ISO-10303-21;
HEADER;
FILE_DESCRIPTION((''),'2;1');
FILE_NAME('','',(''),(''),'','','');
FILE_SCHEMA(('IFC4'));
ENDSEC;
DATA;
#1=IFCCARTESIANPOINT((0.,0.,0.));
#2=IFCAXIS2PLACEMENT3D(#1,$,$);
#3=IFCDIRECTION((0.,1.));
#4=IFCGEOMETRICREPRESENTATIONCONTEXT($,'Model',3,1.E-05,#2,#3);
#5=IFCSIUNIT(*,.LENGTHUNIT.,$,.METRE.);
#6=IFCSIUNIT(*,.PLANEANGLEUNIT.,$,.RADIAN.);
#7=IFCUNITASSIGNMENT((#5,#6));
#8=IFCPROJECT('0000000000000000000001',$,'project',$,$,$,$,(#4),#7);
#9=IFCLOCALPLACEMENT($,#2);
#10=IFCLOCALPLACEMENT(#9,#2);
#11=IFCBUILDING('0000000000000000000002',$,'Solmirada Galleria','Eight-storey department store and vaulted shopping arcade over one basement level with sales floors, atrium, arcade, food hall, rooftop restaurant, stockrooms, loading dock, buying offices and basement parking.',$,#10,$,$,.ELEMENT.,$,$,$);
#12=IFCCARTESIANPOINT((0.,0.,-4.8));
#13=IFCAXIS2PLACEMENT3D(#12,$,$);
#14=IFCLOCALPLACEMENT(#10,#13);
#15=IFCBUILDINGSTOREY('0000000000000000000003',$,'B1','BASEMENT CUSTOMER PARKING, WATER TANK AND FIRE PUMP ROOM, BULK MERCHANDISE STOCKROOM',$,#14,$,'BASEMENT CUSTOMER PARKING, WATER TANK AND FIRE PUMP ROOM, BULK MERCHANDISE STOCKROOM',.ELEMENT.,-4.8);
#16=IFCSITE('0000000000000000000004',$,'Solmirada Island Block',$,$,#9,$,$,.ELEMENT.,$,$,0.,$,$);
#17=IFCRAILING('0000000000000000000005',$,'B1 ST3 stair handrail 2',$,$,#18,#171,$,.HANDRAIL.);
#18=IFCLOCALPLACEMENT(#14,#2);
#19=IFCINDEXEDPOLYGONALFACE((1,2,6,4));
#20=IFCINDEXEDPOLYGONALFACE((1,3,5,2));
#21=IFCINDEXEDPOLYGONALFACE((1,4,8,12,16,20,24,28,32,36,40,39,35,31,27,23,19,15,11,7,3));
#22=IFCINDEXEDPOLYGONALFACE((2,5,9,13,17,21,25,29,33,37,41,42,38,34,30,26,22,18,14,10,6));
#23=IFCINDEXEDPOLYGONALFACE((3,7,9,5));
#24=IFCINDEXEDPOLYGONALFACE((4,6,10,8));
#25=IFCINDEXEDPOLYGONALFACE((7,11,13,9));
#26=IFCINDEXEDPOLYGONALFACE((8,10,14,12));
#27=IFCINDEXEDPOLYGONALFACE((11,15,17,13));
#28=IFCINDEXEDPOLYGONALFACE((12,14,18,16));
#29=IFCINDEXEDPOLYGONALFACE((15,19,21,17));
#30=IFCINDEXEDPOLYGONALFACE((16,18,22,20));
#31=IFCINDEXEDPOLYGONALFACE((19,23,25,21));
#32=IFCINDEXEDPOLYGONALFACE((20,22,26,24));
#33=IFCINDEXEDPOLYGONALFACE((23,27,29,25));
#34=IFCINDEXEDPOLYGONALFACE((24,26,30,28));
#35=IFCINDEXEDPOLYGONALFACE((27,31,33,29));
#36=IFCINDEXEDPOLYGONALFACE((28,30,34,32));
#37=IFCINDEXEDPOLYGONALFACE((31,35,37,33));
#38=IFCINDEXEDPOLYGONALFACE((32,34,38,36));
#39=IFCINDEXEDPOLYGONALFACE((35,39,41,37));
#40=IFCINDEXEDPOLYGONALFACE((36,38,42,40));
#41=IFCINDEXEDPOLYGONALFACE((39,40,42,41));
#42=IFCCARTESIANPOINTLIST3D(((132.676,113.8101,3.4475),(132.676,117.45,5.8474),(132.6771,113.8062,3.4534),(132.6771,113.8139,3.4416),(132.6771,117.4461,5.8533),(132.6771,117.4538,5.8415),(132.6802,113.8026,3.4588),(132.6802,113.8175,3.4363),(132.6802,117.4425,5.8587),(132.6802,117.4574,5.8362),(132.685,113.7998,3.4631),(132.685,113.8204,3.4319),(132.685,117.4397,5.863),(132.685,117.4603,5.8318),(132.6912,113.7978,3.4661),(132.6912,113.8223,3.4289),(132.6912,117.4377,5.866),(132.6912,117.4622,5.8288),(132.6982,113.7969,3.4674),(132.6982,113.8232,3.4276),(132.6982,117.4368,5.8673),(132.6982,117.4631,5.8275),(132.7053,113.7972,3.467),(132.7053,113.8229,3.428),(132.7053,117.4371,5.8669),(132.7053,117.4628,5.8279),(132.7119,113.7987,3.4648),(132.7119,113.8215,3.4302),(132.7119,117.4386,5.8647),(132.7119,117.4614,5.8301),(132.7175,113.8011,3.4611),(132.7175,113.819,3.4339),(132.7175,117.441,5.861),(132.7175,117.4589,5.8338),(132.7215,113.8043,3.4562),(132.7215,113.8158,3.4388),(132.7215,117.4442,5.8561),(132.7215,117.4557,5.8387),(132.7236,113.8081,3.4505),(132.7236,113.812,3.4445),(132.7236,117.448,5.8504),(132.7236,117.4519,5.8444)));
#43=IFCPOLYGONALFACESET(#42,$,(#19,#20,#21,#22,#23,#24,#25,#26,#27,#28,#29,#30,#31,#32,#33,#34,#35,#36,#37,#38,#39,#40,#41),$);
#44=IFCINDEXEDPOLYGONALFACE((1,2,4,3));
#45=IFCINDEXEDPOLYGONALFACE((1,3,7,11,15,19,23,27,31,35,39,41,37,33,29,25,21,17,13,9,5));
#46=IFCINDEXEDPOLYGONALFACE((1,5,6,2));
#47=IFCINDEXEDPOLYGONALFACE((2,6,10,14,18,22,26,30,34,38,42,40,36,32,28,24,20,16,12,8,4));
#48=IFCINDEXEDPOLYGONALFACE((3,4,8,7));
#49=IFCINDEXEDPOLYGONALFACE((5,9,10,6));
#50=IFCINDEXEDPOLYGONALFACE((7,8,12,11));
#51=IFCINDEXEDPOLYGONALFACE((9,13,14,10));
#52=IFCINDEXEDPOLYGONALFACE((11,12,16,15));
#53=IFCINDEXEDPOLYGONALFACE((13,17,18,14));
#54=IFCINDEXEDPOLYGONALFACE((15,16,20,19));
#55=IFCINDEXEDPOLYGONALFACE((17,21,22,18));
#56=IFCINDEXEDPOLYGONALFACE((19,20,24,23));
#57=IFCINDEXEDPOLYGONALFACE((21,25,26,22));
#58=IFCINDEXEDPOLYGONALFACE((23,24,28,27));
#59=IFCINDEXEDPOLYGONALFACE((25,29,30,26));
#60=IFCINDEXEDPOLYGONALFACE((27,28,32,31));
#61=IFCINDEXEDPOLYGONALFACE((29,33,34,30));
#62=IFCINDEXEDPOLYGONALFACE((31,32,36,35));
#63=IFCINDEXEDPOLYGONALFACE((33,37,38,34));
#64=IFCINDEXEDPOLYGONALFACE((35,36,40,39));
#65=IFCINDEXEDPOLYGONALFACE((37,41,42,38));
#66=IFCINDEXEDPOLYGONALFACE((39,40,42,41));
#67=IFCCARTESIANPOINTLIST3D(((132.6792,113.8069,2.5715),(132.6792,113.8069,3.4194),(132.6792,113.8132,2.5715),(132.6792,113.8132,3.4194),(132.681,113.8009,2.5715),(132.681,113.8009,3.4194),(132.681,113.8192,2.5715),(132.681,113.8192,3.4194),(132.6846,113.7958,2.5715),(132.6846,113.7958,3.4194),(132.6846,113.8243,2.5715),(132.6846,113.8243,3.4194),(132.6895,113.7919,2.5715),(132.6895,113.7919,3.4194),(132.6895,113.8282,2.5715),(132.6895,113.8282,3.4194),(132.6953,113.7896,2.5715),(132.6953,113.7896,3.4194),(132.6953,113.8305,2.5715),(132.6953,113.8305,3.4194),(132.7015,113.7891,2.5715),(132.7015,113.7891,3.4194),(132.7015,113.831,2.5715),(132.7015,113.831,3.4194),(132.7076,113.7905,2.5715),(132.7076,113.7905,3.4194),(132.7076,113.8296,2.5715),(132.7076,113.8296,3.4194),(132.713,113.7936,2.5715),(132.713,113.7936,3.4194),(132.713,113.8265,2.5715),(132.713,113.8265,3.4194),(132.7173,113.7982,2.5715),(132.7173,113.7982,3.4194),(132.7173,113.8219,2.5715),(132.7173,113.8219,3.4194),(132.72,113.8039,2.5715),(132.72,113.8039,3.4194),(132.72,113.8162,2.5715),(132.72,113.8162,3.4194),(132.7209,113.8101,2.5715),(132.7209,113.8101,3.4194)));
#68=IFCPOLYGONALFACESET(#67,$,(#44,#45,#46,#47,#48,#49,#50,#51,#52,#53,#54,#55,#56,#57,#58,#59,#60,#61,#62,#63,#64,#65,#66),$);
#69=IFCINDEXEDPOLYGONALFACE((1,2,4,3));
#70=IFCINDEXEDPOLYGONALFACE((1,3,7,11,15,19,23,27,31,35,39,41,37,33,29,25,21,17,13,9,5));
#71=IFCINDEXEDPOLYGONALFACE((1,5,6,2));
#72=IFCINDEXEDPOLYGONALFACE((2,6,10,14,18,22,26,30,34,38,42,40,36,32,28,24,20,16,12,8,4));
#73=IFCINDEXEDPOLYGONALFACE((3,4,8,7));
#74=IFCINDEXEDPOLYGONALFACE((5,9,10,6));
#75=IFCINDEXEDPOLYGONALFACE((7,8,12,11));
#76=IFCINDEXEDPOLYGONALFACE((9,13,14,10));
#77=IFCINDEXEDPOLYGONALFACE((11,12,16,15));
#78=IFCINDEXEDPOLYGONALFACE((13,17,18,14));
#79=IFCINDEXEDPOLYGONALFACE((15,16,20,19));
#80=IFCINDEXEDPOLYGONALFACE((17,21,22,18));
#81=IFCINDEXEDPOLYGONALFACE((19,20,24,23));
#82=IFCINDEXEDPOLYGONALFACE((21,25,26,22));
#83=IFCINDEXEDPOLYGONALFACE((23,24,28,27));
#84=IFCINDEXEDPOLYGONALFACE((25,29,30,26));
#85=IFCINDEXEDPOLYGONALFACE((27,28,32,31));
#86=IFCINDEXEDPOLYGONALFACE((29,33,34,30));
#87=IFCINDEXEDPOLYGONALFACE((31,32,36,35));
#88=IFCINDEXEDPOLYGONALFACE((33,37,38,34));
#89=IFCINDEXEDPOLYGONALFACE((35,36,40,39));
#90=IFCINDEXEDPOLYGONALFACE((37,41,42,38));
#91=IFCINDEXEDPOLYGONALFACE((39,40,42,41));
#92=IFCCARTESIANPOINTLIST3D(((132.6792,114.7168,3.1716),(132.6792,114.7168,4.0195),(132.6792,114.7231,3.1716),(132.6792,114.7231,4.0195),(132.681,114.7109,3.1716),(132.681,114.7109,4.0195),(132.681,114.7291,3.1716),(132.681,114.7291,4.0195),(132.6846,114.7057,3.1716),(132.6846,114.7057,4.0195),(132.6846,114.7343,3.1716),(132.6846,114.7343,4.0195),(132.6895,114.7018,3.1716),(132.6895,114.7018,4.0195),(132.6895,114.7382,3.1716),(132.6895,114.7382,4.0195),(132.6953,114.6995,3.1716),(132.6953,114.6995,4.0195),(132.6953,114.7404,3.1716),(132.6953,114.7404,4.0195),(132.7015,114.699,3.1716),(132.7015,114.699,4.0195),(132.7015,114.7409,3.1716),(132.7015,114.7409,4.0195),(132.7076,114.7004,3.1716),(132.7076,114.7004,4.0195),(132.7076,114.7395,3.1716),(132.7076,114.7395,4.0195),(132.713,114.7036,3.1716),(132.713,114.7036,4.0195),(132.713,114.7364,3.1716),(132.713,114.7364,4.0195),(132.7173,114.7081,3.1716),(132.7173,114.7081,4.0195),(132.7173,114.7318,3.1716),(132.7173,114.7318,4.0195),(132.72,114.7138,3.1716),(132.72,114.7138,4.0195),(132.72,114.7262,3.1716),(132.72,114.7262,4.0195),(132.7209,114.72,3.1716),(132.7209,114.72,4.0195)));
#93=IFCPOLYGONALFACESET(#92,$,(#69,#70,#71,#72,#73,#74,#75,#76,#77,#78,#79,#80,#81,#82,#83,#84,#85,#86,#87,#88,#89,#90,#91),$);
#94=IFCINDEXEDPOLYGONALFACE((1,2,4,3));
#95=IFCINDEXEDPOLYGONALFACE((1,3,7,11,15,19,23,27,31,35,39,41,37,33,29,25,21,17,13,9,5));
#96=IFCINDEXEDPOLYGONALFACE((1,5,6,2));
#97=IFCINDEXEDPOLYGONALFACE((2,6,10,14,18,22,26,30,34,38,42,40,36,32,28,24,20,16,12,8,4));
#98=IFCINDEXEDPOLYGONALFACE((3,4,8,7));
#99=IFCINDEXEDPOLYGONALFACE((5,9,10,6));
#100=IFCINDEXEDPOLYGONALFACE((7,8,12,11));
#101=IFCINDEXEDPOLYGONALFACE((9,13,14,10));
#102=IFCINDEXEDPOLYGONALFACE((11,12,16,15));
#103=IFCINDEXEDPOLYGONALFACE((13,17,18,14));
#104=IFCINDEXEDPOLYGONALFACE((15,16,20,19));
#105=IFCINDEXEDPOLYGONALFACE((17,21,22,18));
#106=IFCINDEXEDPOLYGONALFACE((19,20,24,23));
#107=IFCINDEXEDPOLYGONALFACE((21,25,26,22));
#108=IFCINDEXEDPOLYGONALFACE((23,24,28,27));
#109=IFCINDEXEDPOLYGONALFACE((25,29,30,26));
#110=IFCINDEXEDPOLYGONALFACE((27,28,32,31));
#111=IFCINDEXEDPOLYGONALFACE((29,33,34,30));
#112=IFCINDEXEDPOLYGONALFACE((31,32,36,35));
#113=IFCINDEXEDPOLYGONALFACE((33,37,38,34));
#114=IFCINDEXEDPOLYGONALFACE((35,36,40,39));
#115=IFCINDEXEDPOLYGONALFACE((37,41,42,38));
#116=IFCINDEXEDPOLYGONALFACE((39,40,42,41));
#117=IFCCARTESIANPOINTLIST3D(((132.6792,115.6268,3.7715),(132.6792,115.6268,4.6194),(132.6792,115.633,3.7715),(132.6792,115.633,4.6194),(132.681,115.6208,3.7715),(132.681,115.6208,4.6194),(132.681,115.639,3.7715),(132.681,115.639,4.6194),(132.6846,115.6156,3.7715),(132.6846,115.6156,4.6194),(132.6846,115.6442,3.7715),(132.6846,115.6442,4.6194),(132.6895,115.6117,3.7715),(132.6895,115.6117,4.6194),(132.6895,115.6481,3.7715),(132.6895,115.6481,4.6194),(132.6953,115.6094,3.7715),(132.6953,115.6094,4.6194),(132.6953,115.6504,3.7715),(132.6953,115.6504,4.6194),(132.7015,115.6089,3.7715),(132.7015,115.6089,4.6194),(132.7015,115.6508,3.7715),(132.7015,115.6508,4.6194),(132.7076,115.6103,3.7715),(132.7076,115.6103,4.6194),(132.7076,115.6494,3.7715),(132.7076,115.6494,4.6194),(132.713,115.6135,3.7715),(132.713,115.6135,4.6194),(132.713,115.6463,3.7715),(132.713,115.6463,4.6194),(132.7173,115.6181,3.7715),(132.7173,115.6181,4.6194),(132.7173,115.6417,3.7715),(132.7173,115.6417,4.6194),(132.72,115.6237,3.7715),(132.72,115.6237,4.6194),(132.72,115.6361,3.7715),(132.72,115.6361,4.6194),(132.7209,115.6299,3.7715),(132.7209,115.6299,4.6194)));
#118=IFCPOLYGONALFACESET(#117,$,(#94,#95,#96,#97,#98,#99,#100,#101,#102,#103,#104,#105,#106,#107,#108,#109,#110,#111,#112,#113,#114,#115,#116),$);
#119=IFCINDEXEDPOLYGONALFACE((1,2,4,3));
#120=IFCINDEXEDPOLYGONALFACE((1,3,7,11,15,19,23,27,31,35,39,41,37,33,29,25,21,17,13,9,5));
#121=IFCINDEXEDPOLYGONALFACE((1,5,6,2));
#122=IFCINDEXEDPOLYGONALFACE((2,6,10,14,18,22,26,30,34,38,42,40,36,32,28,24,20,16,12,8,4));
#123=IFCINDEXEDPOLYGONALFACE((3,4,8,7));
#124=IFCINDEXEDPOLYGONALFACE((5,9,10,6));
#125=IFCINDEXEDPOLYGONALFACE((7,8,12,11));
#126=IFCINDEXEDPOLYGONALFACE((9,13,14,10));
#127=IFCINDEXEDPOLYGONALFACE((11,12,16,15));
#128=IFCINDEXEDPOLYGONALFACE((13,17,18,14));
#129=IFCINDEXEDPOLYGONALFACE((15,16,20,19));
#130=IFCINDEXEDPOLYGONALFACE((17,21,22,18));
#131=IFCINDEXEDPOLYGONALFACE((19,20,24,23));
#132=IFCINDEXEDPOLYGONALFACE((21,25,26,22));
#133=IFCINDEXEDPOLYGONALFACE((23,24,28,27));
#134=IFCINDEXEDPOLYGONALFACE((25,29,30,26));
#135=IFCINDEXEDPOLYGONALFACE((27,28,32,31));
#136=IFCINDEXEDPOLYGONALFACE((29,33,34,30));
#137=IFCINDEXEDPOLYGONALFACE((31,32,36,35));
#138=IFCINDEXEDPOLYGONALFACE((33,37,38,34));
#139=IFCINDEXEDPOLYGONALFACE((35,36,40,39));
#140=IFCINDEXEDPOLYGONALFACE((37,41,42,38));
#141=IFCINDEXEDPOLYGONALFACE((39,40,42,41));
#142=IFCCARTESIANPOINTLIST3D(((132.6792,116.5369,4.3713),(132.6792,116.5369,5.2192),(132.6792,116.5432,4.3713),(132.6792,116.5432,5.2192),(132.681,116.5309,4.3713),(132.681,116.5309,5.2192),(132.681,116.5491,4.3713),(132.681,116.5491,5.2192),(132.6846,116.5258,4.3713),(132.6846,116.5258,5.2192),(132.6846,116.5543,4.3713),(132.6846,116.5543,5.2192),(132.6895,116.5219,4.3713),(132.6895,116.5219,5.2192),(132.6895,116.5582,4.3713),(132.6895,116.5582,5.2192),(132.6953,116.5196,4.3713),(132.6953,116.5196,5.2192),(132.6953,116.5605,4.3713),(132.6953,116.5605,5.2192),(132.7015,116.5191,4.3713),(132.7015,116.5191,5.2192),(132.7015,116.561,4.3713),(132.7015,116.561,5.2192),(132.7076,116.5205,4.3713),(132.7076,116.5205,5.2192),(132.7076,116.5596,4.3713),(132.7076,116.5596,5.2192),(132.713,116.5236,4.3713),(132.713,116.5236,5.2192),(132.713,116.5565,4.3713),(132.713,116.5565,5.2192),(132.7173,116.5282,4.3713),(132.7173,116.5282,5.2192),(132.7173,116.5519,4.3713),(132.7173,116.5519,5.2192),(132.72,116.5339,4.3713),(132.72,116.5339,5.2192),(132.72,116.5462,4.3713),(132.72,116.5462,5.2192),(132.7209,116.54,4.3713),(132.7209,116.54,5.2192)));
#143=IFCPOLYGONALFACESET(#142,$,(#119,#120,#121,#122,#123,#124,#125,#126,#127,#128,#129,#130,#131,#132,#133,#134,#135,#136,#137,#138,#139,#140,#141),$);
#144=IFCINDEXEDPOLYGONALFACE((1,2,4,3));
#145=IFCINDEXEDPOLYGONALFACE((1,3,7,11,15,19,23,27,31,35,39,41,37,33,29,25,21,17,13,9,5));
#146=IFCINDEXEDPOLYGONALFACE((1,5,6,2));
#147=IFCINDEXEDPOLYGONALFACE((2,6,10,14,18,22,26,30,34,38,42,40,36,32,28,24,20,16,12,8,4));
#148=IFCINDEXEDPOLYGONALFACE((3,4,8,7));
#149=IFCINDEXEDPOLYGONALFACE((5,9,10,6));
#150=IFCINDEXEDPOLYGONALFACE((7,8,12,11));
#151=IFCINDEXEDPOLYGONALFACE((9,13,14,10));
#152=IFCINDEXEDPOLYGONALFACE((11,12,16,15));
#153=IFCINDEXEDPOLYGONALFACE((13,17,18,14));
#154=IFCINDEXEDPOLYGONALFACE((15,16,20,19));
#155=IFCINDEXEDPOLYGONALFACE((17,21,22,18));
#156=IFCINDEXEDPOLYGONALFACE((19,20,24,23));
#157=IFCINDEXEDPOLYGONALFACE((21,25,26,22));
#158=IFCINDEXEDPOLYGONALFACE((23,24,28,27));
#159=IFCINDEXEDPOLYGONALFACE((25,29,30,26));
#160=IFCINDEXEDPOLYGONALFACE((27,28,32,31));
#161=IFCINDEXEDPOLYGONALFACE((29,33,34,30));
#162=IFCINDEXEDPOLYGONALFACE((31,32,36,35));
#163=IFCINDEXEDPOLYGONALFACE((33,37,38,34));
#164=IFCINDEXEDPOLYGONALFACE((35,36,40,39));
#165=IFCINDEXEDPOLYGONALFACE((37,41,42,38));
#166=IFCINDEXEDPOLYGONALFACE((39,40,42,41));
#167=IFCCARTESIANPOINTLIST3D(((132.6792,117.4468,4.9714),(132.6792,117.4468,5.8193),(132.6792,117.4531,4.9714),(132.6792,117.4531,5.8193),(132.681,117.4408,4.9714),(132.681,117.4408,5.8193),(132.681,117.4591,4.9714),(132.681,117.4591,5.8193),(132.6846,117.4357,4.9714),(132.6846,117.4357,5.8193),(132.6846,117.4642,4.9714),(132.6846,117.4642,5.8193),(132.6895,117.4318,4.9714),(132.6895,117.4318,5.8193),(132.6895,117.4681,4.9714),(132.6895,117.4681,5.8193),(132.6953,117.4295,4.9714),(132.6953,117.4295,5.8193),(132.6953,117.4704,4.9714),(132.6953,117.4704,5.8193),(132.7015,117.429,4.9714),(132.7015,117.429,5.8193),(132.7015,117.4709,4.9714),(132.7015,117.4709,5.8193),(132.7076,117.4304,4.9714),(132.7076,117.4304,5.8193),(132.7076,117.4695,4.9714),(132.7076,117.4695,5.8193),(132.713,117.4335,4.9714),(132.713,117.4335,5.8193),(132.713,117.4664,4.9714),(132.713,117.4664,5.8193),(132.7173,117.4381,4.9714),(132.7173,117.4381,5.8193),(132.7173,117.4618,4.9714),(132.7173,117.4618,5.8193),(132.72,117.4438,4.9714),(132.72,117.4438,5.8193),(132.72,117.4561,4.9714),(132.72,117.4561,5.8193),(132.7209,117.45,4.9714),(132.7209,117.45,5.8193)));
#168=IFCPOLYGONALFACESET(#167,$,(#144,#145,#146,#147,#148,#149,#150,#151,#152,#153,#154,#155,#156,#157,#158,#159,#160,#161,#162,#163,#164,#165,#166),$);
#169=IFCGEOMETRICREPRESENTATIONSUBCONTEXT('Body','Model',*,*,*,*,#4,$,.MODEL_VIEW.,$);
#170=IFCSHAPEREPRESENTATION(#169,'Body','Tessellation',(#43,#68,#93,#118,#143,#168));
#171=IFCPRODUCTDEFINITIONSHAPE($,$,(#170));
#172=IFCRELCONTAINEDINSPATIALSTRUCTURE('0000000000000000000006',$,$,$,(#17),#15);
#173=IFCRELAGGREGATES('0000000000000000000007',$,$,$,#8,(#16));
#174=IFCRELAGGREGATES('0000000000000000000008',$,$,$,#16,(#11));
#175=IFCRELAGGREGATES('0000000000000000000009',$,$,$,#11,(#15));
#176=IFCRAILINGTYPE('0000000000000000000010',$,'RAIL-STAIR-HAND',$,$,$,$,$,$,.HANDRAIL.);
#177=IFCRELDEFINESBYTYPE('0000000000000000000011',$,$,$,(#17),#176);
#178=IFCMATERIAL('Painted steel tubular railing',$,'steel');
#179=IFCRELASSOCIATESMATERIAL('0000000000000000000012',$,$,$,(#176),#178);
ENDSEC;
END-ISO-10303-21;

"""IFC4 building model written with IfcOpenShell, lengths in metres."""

from ifc_helpers import new_model, si_unit, direction, frame, origin, origin_2d, place, context, subcontext, project, spatial, circle, extrude, material, type_object, element, save


model = new_model("IFC4")

# Units and contexts
model_context = context("Model", 3, precision=1e-05, world=origin(), true_north=direction((0.0, 1.0)))
body_context = subcontext(model_context, "Body", "Model", "MODEL_VIEW")
ifc_project = project(units=[si_unit("LENGTHUNIT", "METRE"), si_unit("PLANEANGLEUNIT", "RADIAN")], contexts=[model_context])

# Site, building, storey
site_placement = place(None, origin())
site = spatial("IfcSite", under=ifc_project, at=site_placement, Name="Solmirada Island Block", CompositionType="ELEMENT", RefElevation=0.0)
building_placement = place(site_placement, origin())
building = spatial("IfcBuilding", under=site, at=building_placement, Name="Solmirada Galleria", Description="Eight-storey department store and vaulted shopping arcade over one basement level with sales floors, atrium, arcade, food hall, rooftop restaurant, stockrooms, loading dock, buying offices and basement parking.", CompositionType="ELEMENT")
storey_placement = place(building_placement, frame((0.0, 0.0, -4.8)))
storey = spatial("IfcBuildingStorey", under=building, at=storey_placement, Name="B1", Description="BASEMENT CUSTOMER PARKING, WATER TANK AND FIRE PUMP ROOM, BULK MERCHANDISE STOCKROOM", LongName="BASEMENT CUSTOMER PARKING, WATER TANK AND FIRE PUMP ROOM, BULK MERCHANDISE STOCKROOM", CompositionType="ELEMENT", Elevation=-4.8)

# Railing
ifc_material_1 = material(Name="Painted steel tubular railing", Category="steel")
railing_type_1 = type_object("IfcRailingType", Name="RAIL-STAIR-HAND", PredefinedType="HANDRAIL", material=ifc_material_1)
railing_1_placement = place(storey_placement, frame((132.7, 113.8101, 2.5715)))
element("IfcRailing", 1, at=railing_1_placement, inside=storey, type_object=railing_type_1, Name="B1 ST3 stair handrail 2", PredefinedType="HANDRAIL", context=body_context, shape_type="SweptSolid", body=[
    extrude(circle(Radius=0.0239, at=origin_2d()), frame((0.0, 0.0, 0.876), z_axis=(0.0, 0.834865, 0.550454), x_axis=(-1.0, 0.0, 0.0)), (0.0, 0.0, 1.0), 4.3599),
    extrude(circle(Radius=0.021, at=origin_2d()), origin(), (0.0, 0.0, 1.0), 0.8479),
    extrude(circle(Radius=0.021, at=origin_2d()), frame((0.0, 0.9099, 0.6001)), (0.0, 0.0, 1.0), 0.8479),
    extrude(circle(Radius=0.021, at=origin_2d()), frame((0.0, 1.8198, 1.2)), (0.0, 0.0, 1.0), 0.8479),
    extrude(circle(Radius=0.021, at=origin_2d()), frame((0.0, 2.73, 1.7998)), (0.0, 0.0, 1.0), 0.8479),
    extrude(circle(Radius=0.021, at=origin_2d()), frame((0.0, 3.6399, 2.3999)), (0.0, 0.0, 1.0), 0.8479),
])

save(model, "model.ifc")
